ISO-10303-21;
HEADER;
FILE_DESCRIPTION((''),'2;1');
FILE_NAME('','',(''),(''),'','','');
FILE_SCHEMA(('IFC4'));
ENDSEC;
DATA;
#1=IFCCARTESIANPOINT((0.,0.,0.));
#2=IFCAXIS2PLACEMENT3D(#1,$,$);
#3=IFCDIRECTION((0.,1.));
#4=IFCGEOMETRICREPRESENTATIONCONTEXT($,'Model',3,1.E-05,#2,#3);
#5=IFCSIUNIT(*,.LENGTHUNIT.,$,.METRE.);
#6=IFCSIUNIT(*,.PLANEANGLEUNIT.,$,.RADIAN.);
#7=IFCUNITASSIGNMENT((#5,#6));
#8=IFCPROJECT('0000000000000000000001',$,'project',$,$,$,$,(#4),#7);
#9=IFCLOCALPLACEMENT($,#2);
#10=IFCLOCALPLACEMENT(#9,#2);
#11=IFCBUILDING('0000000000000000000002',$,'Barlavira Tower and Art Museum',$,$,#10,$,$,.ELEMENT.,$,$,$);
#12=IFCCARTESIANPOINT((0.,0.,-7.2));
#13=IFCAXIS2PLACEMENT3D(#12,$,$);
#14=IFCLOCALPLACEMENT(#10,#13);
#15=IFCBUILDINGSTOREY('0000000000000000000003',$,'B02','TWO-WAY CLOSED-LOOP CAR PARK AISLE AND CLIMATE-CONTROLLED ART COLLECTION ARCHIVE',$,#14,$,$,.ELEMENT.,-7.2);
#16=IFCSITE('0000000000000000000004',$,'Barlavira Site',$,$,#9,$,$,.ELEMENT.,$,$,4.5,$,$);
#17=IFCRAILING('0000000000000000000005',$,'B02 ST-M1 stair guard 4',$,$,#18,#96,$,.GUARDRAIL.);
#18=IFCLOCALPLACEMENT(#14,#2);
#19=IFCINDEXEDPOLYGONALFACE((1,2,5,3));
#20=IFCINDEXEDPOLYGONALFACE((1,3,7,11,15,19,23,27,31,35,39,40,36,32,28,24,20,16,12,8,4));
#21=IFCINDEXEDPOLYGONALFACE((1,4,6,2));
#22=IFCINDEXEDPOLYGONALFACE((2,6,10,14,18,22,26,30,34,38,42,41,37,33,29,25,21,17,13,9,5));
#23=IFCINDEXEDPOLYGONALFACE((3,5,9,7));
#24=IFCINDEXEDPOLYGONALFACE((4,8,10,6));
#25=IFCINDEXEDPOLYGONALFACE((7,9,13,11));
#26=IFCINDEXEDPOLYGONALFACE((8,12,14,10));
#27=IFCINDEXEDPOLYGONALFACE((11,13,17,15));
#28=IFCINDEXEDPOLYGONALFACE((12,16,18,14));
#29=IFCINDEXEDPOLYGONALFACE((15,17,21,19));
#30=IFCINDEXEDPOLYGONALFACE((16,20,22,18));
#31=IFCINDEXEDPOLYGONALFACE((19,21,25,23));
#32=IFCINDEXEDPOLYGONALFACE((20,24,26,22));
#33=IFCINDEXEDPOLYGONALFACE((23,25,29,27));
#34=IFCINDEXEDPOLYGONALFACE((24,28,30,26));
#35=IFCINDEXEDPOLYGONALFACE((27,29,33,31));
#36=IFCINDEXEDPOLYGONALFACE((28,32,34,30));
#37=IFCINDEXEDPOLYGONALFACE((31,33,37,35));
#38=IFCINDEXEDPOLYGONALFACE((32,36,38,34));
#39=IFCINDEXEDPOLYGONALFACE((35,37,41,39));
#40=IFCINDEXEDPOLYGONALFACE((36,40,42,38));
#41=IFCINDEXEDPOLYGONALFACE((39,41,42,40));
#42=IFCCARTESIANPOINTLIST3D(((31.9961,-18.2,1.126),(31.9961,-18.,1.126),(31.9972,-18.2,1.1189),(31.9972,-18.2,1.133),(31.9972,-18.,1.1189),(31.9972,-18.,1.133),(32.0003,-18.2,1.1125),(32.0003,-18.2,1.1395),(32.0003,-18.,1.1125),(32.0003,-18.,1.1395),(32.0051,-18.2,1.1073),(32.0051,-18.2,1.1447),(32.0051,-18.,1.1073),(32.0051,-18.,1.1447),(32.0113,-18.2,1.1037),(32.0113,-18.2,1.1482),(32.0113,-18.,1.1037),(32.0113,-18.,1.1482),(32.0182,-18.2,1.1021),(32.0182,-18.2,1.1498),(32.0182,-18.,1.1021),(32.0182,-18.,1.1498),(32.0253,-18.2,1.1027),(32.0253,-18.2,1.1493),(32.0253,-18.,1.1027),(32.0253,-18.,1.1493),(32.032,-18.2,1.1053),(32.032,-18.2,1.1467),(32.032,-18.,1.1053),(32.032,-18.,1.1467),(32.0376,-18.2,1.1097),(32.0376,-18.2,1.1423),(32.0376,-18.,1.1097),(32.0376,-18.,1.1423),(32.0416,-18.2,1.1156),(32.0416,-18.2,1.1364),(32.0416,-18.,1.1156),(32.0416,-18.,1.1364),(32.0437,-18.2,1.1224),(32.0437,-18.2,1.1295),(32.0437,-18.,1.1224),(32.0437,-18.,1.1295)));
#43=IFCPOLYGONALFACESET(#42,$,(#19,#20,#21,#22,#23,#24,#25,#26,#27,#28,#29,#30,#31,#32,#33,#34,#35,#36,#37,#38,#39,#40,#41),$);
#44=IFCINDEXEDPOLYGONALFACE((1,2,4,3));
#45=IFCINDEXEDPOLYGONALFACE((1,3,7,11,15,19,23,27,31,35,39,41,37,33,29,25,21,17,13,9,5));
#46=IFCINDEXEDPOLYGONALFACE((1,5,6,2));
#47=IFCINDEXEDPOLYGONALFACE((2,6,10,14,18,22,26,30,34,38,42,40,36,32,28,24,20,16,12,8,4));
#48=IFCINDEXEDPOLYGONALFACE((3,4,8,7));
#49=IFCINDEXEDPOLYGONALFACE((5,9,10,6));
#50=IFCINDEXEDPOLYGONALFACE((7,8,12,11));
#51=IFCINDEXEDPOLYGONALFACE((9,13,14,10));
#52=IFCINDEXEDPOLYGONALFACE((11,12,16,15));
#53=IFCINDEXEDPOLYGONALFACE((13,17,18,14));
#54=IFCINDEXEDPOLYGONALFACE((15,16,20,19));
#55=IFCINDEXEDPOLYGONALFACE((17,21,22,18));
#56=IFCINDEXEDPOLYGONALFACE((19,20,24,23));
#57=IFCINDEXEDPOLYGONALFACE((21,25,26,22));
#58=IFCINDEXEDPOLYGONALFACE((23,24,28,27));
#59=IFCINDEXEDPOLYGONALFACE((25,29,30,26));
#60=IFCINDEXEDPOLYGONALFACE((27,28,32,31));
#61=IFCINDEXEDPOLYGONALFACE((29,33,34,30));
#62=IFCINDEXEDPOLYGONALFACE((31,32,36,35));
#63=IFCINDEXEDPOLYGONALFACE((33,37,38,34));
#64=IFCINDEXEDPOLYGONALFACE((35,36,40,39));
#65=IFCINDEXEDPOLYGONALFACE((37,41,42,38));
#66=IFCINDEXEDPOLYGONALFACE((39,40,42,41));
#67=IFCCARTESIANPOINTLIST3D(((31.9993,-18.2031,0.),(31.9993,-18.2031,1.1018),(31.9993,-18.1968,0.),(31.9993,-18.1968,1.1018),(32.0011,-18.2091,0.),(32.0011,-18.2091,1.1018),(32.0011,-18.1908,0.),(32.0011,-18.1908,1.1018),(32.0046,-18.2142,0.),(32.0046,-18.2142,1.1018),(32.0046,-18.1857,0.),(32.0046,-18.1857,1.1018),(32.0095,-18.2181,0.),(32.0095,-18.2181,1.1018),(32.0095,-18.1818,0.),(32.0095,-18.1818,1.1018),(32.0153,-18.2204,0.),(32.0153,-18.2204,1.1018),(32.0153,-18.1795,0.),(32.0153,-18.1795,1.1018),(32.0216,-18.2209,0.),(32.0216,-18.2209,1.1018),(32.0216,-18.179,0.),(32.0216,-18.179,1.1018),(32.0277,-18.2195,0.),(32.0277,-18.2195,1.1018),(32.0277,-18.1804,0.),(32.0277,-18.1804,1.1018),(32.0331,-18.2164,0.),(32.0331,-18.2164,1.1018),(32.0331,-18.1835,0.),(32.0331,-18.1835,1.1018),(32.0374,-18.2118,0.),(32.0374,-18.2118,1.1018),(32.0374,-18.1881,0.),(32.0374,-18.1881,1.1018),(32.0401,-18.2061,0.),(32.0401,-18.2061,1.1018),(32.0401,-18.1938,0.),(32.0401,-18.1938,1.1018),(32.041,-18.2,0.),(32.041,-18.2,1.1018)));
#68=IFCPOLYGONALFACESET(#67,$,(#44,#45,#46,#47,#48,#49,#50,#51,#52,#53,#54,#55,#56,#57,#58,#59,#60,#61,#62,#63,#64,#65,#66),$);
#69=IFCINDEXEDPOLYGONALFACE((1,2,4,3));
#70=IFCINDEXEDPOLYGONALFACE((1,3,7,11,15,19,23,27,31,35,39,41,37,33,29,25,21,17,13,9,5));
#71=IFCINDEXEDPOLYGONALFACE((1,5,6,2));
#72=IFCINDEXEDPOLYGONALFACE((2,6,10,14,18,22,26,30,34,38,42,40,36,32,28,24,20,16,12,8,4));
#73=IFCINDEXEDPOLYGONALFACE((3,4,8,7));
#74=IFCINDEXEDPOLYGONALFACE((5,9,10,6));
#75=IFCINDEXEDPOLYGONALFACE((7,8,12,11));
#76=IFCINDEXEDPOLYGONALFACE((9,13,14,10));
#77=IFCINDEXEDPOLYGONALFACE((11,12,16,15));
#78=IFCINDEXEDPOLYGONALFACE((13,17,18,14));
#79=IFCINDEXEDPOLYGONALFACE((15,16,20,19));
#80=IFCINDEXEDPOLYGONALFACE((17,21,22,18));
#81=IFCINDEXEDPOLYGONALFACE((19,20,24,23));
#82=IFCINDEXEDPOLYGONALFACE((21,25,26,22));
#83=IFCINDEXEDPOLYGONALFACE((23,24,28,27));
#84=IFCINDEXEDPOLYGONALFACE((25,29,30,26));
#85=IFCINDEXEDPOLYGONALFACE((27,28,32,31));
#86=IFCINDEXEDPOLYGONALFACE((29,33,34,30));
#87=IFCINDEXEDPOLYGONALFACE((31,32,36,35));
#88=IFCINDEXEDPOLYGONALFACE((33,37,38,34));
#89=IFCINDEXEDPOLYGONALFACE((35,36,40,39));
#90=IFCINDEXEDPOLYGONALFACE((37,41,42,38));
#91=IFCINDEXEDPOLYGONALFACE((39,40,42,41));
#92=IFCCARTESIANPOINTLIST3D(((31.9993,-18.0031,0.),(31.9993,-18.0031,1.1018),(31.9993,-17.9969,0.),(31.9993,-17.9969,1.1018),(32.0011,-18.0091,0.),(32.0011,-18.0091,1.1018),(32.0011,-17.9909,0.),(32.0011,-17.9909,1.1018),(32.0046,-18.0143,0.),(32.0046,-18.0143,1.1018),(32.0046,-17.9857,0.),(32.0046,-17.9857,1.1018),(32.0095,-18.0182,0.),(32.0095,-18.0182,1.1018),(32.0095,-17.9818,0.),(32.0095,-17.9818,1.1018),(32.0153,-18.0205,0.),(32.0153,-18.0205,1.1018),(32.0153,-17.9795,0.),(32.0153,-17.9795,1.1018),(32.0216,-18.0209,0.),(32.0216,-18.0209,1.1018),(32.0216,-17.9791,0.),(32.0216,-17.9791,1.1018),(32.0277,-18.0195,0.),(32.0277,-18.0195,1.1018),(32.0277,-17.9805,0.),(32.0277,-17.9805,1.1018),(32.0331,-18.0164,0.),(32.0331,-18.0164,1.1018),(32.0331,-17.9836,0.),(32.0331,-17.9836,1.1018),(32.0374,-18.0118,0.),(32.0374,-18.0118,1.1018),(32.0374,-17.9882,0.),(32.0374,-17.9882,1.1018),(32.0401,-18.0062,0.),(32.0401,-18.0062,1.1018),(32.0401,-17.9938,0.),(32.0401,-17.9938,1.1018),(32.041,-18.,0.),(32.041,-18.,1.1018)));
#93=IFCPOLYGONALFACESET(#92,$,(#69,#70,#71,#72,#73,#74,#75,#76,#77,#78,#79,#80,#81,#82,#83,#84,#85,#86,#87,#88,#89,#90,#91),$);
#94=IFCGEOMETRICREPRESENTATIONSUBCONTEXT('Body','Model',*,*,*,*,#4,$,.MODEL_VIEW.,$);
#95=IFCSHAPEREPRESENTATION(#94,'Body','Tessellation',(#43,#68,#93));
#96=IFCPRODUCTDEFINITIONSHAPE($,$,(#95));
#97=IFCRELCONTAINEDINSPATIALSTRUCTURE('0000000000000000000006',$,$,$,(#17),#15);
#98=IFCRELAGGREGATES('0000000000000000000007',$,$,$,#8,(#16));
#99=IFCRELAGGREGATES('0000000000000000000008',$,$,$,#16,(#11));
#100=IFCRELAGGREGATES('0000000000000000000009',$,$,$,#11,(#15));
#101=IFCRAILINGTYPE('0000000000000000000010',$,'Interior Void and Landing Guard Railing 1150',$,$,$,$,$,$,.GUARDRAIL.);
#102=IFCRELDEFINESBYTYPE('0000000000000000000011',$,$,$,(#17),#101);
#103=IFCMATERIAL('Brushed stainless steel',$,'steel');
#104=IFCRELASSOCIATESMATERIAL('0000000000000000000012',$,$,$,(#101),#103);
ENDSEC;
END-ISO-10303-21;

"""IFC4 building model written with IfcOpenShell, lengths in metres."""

from ifc_helpers import new_model, si_unit, direction, frame, origin, origin_2d, place, context, subcontext, project, spatial, circle, extrude, material, type_object, element, save


model = new_model("IFC4")

# Units and contexts
model_context = context("Model", 3, precision=1e-05, world=origin(), true_north=direction((0.0, 1.0)))
body_context = subcontext(model_context, "Body", "Model", "MODEL_VIEW")
ifc_project = project(units=[si_unit("LENGTHUNIT", "METRE"), si_unit("PLANEANGLEUNIT", "RADIAN")], contexts=[model_context])

# Site, building, storey
site_placement = place(None, origin())
site = spatial("IfcSite", under=ifc_project, at=site_placement, Name="Barlavira Site", CompositionType="ELEMENT", RefElevation=4.5)
building_placement = place(site_placement, origin())
building = spatial("IfcBuilding", under=site, at=building_placement, Name="Barlavira Tower and Art Museum", CompositionType="ELEMENT")
storey_placement = place(building_placement, frame((0.0, 0.0, -7.2)))
storey = spatial("IfcBuildingStorey", under=building, at=storey_placement, Name="B02", Description="TWO-WAY CLOSED-LOOP CAR PARK AISLE AND CLIMATE-CONTROLLED ART COLLECTION ARCHIVE", CompositionType="ELEMENT", Elevation=-7.2)

# Shared definitions
ifc_material_1 = material(Name="Brushed stainless steel", Category="steel")

# Railing
railing_type_1 = type_object("IfcRailingType", Name="Interior Void and Landing Guard Railing 1150", PredefinedType="GUARDRAIL", material=ifc_material_1)
railing_1_placement = place(storey_placement, frame((32.02, -18.2, 0.0)))
element("IfcRailing", 1, at=railing_1_placement, inside=storey, type_object=railing_type_1, Name="B02 ST-M1 stair guard 4", PredefinedType="GUARDRAIL", context=body_context, shape_type="SweptSolid", body=[
    extrude(circle(Radius=0.0239, at=origin_2d()), frame((0.0, 0.0, 1.126), z_axis=(0.0, 1.0, 0.0), x_axis=(-1.0, 0.0, 0.0)), (0.0, 0.0, 1.0), 0.2),
    extrude(circle(Radius=0.021, at=origin_2d()), origin(), (0.0, 0.0, 1.0), 1.1018),
    extrude(circle(Radius=0.021, at=origin_2d()), frame((0.0, 0.2, 0.0)), (0.0, 0.0, 1.0), 1.1018),
])

save(model, "model.ifc")
